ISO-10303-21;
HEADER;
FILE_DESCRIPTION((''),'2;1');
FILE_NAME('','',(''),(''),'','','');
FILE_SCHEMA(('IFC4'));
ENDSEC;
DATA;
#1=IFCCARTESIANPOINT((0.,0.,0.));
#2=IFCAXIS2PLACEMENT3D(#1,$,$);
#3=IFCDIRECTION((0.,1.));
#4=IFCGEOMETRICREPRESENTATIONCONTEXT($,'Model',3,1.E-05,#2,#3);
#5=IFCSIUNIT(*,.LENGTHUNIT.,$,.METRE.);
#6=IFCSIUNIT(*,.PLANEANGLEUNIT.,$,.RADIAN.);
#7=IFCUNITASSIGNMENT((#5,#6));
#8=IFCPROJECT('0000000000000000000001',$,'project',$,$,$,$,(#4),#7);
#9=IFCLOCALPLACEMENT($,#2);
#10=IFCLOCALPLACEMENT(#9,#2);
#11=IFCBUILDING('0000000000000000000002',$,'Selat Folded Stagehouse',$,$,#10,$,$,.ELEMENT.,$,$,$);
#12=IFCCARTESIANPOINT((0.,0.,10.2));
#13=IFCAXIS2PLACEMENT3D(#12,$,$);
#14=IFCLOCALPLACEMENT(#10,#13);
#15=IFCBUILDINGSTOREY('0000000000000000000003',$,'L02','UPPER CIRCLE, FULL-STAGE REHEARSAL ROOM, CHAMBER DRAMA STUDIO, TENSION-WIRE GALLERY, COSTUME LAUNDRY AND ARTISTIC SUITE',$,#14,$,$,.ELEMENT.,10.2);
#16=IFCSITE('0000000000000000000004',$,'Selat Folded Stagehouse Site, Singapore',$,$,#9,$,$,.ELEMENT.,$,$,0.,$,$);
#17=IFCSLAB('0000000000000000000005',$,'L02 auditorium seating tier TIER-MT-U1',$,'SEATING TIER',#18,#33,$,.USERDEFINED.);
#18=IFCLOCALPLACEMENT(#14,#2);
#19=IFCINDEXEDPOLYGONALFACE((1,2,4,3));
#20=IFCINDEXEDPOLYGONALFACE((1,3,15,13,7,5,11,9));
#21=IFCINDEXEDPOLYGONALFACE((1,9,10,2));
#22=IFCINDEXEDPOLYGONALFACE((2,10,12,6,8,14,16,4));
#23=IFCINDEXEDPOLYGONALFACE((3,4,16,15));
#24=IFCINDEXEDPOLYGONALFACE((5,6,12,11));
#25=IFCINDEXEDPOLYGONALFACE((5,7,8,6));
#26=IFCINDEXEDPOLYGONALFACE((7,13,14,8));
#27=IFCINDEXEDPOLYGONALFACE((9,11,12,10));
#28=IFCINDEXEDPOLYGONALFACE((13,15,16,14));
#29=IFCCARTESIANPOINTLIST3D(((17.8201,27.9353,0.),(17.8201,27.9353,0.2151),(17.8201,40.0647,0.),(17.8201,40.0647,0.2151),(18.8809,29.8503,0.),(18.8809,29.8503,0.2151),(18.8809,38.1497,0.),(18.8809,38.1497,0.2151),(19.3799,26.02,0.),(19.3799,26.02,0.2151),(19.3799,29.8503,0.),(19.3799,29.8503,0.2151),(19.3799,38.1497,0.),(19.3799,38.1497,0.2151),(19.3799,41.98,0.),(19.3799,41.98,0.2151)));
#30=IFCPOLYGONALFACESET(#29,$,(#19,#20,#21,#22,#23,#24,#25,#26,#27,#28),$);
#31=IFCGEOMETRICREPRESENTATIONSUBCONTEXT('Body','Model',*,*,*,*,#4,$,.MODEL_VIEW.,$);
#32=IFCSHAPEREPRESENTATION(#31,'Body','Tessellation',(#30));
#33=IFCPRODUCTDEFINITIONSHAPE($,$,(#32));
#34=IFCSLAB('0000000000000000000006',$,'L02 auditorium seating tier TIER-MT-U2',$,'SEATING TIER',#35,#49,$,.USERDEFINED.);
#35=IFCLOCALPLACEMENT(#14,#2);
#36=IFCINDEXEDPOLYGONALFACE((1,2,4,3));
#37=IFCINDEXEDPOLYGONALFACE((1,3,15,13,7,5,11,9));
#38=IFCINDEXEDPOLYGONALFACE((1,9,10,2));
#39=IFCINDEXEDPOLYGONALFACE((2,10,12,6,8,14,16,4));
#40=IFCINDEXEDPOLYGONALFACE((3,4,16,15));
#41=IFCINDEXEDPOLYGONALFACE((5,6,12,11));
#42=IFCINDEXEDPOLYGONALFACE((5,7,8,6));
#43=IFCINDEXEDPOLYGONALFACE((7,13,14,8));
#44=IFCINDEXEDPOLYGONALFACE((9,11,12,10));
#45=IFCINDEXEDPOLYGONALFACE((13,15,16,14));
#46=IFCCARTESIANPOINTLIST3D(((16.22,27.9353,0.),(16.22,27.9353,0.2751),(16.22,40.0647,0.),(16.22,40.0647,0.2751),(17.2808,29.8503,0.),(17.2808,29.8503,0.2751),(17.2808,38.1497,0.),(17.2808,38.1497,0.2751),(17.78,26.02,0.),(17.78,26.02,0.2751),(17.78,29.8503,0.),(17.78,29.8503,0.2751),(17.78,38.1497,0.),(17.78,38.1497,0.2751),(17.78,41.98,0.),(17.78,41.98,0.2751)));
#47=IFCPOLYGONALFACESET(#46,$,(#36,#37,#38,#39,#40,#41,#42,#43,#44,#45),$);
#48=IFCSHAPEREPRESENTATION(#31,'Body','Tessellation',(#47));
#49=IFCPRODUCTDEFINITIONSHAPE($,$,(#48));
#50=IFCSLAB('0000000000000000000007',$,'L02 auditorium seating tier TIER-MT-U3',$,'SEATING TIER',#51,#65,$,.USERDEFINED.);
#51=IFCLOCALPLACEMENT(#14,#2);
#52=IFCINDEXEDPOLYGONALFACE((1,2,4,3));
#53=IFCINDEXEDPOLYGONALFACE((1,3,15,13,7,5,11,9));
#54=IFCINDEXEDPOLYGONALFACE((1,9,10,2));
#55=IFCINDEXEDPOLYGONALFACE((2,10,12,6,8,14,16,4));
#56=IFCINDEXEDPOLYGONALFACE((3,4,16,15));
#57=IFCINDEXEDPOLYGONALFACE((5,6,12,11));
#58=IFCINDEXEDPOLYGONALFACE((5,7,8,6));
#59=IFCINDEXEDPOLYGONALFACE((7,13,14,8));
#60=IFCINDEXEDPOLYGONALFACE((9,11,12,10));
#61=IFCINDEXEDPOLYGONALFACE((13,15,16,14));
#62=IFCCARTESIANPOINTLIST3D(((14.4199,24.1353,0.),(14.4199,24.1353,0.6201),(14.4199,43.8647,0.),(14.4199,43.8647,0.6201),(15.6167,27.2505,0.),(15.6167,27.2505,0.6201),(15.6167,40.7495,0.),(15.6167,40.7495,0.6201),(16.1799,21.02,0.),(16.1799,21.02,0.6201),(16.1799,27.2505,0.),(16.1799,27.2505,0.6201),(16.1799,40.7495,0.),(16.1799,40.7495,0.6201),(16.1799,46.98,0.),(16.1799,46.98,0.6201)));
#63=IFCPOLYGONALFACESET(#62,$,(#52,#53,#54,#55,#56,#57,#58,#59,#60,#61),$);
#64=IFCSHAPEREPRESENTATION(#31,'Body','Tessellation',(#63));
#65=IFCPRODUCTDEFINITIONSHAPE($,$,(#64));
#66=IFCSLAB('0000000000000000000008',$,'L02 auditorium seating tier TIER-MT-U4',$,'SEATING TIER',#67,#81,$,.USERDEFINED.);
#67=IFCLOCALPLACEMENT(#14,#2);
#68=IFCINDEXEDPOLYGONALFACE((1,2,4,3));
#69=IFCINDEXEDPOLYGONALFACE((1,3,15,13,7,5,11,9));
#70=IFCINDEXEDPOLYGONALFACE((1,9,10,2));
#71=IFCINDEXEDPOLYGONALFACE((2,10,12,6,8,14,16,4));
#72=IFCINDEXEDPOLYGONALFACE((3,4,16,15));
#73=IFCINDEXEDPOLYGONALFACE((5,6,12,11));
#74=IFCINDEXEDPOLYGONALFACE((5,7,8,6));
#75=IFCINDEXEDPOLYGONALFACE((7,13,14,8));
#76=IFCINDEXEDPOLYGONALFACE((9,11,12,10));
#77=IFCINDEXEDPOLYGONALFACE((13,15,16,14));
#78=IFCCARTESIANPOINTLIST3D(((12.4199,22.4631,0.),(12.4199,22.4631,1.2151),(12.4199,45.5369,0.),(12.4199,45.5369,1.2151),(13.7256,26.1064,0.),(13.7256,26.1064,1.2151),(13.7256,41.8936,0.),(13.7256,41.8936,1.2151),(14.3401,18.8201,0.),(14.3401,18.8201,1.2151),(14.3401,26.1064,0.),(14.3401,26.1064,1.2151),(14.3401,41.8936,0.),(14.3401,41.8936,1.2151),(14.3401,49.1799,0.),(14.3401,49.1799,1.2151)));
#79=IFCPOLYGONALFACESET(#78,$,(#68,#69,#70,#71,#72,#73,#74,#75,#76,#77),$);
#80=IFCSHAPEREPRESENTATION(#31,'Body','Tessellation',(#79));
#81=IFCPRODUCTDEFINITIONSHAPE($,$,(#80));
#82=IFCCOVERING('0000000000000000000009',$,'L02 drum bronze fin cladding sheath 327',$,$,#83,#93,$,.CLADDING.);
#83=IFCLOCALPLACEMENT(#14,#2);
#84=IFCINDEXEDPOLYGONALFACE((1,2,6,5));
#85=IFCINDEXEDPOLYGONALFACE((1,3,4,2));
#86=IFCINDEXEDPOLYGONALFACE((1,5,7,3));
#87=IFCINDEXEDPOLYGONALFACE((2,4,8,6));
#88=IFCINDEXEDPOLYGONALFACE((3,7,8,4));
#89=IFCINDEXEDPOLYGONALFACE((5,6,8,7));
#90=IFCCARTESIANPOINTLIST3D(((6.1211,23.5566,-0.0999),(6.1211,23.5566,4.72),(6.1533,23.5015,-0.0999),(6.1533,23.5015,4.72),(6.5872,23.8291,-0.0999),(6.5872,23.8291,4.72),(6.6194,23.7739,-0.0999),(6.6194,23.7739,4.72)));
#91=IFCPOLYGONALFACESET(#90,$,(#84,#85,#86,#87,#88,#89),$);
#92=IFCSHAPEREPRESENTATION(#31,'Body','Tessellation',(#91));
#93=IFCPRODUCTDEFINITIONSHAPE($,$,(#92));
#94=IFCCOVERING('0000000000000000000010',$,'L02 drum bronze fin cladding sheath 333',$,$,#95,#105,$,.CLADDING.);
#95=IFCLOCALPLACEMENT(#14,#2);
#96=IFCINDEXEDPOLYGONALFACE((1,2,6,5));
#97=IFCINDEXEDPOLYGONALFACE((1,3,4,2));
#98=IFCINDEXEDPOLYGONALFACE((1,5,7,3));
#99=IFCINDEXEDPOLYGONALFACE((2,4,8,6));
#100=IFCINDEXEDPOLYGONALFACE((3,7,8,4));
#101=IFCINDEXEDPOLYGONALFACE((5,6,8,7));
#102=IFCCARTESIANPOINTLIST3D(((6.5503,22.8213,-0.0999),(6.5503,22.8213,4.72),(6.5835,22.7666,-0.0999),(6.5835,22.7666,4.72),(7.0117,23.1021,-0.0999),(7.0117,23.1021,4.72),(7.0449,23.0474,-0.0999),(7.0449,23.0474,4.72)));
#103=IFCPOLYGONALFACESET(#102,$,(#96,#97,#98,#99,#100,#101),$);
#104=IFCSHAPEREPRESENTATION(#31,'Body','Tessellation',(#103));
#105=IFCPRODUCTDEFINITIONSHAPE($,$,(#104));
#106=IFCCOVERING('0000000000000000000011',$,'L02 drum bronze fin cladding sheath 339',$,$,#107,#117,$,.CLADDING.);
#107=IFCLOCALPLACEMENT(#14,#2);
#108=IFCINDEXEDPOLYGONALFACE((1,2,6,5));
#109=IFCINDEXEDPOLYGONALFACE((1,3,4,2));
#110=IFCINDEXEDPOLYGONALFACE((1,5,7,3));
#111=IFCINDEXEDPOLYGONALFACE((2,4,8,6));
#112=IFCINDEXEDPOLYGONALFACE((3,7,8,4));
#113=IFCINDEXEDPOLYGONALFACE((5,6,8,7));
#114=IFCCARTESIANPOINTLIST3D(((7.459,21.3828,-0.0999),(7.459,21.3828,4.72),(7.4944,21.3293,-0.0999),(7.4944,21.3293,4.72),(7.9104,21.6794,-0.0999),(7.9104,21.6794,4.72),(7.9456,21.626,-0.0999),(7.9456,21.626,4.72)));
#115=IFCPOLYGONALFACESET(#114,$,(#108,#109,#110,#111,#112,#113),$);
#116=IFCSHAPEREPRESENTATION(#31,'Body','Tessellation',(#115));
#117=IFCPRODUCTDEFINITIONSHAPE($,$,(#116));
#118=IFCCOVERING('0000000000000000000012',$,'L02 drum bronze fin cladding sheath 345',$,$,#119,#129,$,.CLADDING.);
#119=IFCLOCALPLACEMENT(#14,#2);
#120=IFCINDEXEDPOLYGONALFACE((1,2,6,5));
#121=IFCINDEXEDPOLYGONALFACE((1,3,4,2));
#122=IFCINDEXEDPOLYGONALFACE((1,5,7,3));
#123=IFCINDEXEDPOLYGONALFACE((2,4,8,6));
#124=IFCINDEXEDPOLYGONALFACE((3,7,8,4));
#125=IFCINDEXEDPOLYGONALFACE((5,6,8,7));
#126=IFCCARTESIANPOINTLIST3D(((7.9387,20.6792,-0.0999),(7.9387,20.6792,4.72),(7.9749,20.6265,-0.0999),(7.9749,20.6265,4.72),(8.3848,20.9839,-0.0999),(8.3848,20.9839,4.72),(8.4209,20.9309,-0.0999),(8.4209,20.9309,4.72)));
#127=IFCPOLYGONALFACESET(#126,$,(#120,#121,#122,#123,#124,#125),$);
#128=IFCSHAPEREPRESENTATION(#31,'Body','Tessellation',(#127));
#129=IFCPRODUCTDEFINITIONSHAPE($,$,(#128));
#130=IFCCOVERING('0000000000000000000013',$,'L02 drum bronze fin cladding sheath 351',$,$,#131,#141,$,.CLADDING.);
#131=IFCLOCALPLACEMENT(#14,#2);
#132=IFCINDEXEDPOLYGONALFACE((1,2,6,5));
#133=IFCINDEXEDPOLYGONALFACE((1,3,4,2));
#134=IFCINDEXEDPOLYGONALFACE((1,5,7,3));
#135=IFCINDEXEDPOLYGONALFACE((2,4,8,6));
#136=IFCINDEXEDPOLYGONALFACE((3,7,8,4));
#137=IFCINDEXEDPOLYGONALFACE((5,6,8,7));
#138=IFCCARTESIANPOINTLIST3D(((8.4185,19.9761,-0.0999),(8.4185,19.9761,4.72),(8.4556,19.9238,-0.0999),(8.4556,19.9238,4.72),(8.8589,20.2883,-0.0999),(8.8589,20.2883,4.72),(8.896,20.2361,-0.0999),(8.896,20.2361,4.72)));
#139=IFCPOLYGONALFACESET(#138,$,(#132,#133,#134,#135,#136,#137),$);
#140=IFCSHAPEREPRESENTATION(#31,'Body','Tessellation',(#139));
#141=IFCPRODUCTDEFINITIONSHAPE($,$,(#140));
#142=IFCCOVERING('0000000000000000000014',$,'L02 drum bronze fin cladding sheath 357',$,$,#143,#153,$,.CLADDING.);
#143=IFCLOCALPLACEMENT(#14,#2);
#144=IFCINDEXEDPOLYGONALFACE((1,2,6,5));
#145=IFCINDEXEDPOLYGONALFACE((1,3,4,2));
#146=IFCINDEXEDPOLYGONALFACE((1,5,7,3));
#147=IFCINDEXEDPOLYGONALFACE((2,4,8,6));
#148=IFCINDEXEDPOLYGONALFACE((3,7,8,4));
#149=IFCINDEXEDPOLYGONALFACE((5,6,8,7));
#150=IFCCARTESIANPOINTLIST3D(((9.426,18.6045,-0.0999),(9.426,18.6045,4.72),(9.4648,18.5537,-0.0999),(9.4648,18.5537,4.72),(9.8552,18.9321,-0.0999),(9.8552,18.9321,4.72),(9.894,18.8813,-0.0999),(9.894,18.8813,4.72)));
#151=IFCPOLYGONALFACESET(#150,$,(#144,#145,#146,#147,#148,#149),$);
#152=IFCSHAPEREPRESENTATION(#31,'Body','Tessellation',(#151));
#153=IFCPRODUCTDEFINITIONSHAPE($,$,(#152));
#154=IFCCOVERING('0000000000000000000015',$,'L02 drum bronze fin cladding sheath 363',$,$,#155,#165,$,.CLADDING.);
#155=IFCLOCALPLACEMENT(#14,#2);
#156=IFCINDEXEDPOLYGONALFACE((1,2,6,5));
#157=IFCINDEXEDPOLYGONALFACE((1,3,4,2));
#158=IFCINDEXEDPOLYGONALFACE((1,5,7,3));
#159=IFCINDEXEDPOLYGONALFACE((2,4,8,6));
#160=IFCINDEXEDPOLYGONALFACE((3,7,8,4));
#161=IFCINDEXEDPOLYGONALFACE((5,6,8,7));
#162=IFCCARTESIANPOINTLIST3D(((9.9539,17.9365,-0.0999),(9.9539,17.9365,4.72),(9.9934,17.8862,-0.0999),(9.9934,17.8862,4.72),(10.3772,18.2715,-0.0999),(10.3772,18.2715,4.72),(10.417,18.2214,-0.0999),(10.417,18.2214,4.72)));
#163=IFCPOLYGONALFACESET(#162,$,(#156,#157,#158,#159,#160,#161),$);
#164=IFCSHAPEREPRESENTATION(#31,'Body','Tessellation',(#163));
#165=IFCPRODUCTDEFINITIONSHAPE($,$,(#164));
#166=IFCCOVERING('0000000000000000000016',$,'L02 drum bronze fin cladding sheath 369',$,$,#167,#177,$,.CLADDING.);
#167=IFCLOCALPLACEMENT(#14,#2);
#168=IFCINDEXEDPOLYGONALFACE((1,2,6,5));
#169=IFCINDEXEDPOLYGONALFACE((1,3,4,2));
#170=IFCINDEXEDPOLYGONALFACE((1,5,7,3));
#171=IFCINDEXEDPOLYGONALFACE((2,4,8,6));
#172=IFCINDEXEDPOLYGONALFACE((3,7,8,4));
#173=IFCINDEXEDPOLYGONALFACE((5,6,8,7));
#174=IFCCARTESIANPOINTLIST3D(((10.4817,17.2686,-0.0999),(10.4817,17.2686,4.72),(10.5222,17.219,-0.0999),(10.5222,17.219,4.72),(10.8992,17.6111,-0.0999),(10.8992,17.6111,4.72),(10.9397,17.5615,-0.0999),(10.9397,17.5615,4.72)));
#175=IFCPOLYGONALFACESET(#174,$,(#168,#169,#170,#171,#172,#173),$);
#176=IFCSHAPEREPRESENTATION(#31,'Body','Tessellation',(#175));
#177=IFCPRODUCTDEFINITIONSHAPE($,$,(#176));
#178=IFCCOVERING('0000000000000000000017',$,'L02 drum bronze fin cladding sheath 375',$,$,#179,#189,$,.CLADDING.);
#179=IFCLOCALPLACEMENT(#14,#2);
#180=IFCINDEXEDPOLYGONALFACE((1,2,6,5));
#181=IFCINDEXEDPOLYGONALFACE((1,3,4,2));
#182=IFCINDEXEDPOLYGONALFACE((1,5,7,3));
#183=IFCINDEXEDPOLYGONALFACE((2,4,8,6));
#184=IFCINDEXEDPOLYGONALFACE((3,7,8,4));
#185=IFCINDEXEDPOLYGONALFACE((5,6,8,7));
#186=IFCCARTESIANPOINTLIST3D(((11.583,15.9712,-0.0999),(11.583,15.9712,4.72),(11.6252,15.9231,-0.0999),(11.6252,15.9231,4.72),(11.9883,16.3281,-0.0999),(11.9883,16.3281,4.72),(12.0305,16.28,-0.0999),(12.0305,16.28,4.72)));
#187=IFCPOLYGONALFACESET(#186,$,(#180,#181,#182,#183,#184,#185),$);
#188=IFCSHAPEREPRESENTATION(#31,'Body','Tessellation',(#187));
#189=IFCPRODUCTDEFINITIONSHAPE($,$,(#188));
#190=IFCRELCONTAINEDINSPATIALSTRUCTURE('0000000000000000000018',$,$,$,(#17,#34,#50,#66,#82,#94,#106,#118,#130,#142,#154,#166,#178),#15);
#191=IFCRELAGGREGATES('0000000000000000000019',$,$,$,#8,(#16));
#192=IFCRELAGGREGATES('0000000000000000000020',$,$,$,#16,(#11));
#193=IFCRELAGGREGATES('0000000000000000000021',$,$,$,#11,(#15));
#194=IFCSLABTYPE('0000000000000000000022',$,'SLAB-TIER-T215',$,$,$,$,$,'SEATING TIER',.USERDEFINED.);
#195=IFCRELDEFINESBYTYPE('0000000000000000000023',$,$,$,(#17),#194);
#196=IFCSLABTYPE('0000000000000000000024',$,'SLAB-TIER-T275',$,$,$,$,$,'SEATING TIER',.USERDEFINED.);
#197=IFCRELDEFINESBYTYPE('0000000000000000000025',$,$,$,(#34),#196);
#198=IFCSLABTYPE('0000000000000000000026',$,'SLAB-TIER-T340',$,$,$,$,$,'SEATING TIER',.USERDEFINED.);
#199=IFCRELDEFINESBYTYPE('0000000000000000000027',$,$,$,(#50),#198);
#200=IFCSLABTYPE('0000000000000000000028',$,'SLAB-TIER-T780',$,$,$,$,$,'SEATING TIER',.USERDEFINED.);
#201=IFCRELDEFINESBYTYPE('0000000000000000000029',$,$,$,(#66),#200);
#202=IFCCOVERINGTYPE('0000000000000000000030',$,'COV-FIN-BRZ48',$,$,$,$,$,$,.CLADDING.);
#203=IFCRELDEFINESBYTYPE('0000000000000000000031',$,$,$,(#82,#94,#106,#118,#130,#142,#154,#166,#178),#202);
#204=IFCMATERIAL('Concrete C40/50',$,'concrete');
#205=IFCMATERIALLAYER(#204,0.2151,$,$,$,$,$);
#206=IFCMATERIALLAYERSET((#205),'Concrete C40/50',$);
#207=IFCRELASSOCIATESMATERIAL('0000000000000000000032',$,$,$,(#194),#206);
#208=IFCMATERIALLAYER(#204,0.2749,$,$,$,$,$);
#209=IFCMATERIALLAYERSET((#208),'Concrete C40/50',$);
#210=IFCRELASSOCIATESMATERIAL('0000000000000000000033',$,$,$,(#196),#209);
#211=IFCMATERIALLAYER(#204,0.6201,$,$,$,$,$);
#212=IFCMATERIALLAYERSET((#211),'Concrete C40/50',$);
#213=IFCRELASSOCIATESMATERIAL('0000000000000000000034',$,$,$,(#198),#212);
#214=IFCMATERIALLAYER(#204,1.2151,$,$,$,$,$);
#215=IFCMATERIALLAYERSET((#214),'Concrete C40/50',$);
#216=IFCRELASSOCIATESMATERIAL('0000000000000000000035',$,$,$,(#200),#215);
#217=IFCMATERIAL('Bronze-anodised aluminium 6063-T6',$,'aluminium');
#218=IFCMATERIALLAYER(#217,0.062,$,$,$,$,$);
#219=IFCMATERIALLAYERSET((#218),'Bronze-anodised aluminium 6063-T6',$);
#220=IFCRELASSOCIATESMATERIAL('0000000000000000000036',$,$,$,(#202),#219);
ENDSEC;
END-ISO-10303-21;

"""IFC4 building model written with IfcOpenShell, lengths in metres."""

from ifc_helpers import new_model, si_unit, direction, frame, origin, place, context, subcontext, project, spatial, polyline, outline, extrude, material, layer, layer_set, type_object, element, save


model = new_model("IFC4")

# Units and contexts
model_context = context("Model", 3, precision=1e-05, world=origin(), true_north=direction((0.0, 1.0)))
body_context = subcontext(model_context, "Body", "Model", "MODEL_VIEW")
ifc_project = project(units=[si_unit("LENGTHUNIT", "METRE"), si_unit("PLANEANGLEUNIT", "RADIAN")], contexts=[model_context])

# Site, building, storey
site_placement = place(None, origin())
site = spatial("IfcSite", under=ifc_project, at=site_placement, Name="Selat Folded Stagehouse Site, Singapore", CompositionType="ELEMENT", RefElevation=0.0)
building_placement = place(site_placement, origin())
building = spatial("IfcBuilding", under=site, at=building_placement, Name="Selat Folded Stagehouse", CompositionType="ELEMENT")
storey_placement = place(building_placement, frame((0.0, 0.0, 10.2)))
storey = spatial("IfcBuildingStorey", under=building, at=storey_placement, Name="L02", Description="UPPER CIRCLE, FULL-STAGE REHEARSAL ROOM, CHAMBER DRAMA STUDIO, TENSION-WIRE GALLERY, COSTUME LAUNDRY AND ARTISTIC SUITE", CompositionType="ELEMENT", Elevation=10.2)

# Slabs
ifc_material_1 = material(Name="Concrete C40/50", Category="concrete")
ifc_layer_1 = layer(ifc_material_1, 0.2151)
ifc_layer_set_1 = layer_set([ifc_layer_1], Name="Concrete C40/50")
slab_type_1 = type_object("IfcSlabType", Name="SLAB-TIER-T215", ElementType="SEATING TIER", PredefinedType="USERDEFINED", material=ifc_layer_set_1)
slab_1_placement = place(storey_placement, origin())
element("IfcSlab", 1, at=slab_1_placement, inside=storey, type_object=slab_type_1, Name="L02 auditorium seating tier TIER-MT-U1", ObjectType="SEATING TIER", PredefinedType="USERDEFINED", context=body_context, shape_type="SweptSolid", body=[
    extrude(outline(polyline([(17.8201, 27.9353), (19.3799, 26.02), (19.3799, 29.8503), (18.8809, 29.8503), (18.8809, 38.1497), (19.3799, 38.1497), (19.3799, 41.98), (17.8201, 40.0647), (17.8201, 27.9353)])), origin(), (0.0, 0.0, 1.0), 0.2151),
])
ifc_layer_2 = layer(ifc_material_1, 0.2749)
ifc_layer_set_2 = layer_set([ifc_layer_2], Name="Concrete C40/50")
slab_type_2 = type_object("IfcSlabType", Name="SLAB-TIER-T275", ElementType="SEATING TIER", PredefinedType="USERDEFINED", material=ifc_layer_set_2)
slab_2_placement = place(storey_placement, origin())
element("IfcSlab", 2, at=slab_2_placement, inside=storey, type_object=slab_type_2, Name="L02 auditorium seating tier TIER-MT-U2", ObjectType="SEATING TIER", PredefinedType="USERDEFINED", context=body_context, shape_type="SweptSolid", body=[
    extrude(outline(polyline([(16.22, 27.9353), (17.78, 26.02), (17.78, 29.8503), (17.2808, 29.8503), (17.2808, 38.1497), (17.78, 38.1497), (17.78, 41.98), (16.22, 40.0647), (16.22, 27.9353)])), origin(), (0.0, 0.0, 1.0), 0.2751),
])
ifc_layer_3 = layer(ifc_material_1, 0.6201)
ifc_layer_set_3 = layer_set([ifc_layer_3], Name="Concrete C40/50")
slab_type_3 = type_object("IfcSlabType", Name="SLAB-TIER-T340", ElementType="SEATING TIER", PredefinedType="USERDEFINED", material=ifc_layer_set_3)
slab_3_placement = place(storey_placement, origin())
element("IfcSlab", 3, at=slab_3_placement, inside=storey, type_object=slab_type_3, Name="L02 auditorium seating tier TIER-MT-U3", ObjectType="SEATING TIER", PredefinedType="USERDEFINED", context=body_context, shape_type="SweptSolid", body=[
    extrude(outline(polyline([(14.4199, 24.1353), (16.1799, 21.02), (16.1799, 27.2505), (15.6167, 27.2505), (15.6167, 40.7495), (16.1799, 40.7495), (16.1799, 46.98), (14.4199, 43.8647), (14.4199, 24.1353)])), origin(), (0.0, 0.0, 1.0), 0.6201),
])
ifc_layer_4 = layer(ifc_material_1, 1.2151)
ifc_layer_set_4 = layer_set([ifc_layer_4], Name="Concrete C40/50")
slab_type_4 = type_object("IfcSlabType", Name="SLAB-TIER-T780", ElementType="SEATING TIER", PredefinedType="USERDEFINED", material=ifc_layer_set_4)
slab_4_placement = place(storey_placement, origin())
element("IfcSlab", 4, at=slab_4_placement, inside=storey, type_object=slab_type_4, Name="L02 auditorium seating tier TIER-MT-U4", ObjectType="SEATING TIER", PredefinedType="USERDEFINED", context=body_context, shape_type="SweptSolid", body=[
    extrude(outline(polyline([(12.4199, 22.4631), (14.3401, 18.8201), (14.3401, 26.1064), (13.7256, 26.1064), (13.7256, 41.8936), (14.3401, 41.8936), (14.3401, 49.1799), (12.4199, 45.5369), (12.4199, 22.4631)])), origin(), (0.0, 0.0, 1.0), 1.2151),
])

# Coverings
ifc_material_2 = material(Name="Bronze-anodised aluminium 6063-T6", Category="aluminium")
ifc_layer_5 = layer(ifc_material_2, 0.062)
ifc_layer_set_5 = layer_set([ifc_layer_5], Name="Bronze-anodised aluminium 6063-T6")
covering_type = type_object("IfcCoveringType", Name="COV-FIN-BRZ48", PredefinedType="CLADDING", material=ifc_layer_set_5)
covering_1_placement = place(storey_placement, frame((0.0, 0.0, -0.0999)))
element("IfcCovering", 5, at=covering_1_placement, inside=storey, type_object=covering_type, Name="L02 drum bronze fin cladding sheath 327", PredefinedType="CLADDING", context=body_context, shape_type="SweptSolid", body=[
    extrude(outline(polyline([(6.5872, 23.8291), (6.1211, 23.5566), (6.1533, 23.5015), (6.6194, 23.7739), (6.5872, 23.8291)])), origin(), (0.0, 0.0, 1.0), 4.8198),
])
covering_2_placement = place(storey_placement, frame((0.0, 0.0, -0.0999)))
element("IfcCovering", 6, at=covering_2_placement, inside=storey, type_object=covering_type, Name="L02 drum bronze fin cladding sheath 333", PredefinedType="CLADDING", context=body_context, shape_type="SweptSolid", body=[
    extrude(outline(polyline([(7.0117, 23.1021), (6.5503, 22.8213), (6.5835, 22.7666), (7.0449, 23.0474), (7.0117, 23.1021)])), origin(), (0.0, 0.0, 1.0), 4.8198),
])
covering_3_placement = place(storey_placement, frame((0.0, 0.0, -0.0999)))
element("IfcCovering", 7, at=covering_3_placement, inside=storey, type_object=covering_type, Name="L02 drum bronze fin cladding sheath 339", PredefinedType="CLADDING", context=body_context, shape_type="SweptSolid", body=[
    extrude(outline(polyline([(7.9104, 21.6794), (7.459, 21.3828), (7.4944, 21.3293), (7.9456, 21.626), (7.9104, 21.6794)])), origin(), (0.0, 0.0, 1.0), 4.8198),
])
covering_4_placement = place(storey_placement, frame((0.0, 0.0, -0.0999)))
element("IfcCovering", 8, at=covering_4_placement, inside=storey, type_object=covering_type, Name="L02 drum bronze fin cladding sheath 345", PredefinedType="CLADDING", context=body_context, shape_type="SweptSolid", body=[
    extrude(outline(polyline([(8.3848, 20.9839), (7.9387, 20.6792), (7.9749, 20.6265), (8.4209, 20.9309), (8.3848, 20.9839)])), origin(), (0.0, 0.0, 1.0), 4.8198),
])
covering_5_placement = place(storey_placement, frame((0.0, 0.0, -0.0999)))
element("IfcCovering", 9, at=covering_5_placement, inside=storey, type_object=covering_type, Name="L02 drum bronze fin cladding sheath 351", PredefinedType="CLADDING", context=body_context, shape_type="SweptSolid", body=[
    extrude(outline(polyline([(8.8589, 20.2883), (8.4185, 19.9761), (8.4556, 19.9238), (8.896, 20.2361), (8.8589, 20.2883)])), origin(), (0.0, 0.0, 1.0), 4.8198),
])
covering_6_placement = place(storey_placement, frame((0.0, 0.0, -0.0999)))
element("IfcCovering", 10, at=covering_6_placement, inside=storey, type_object=covering_type, Name="L02 drum bronze fin cladding sheath 357", PredefinedType="CLADDING", context=body_context, shape_type="SweptSolid", body=[
    extrude(outline(polyline([(9.8552, 18.9321), (9.426, 18.6045), (9.4648, 18.5537), (9.894, 18.8813), (9.8552, 18.9321)])), origin(), (0.0, 0.0, 1.0), 4.8198),
])
covering_7_placement = place(storey_placement, frame((0.0, 0.0, -0.0999)))
element("IfcCovering", 11, at=covering_7_placement, inside=storey, type_object=covering_type, Name="L02 drum bronze fin cladding sheath 363", PredefinedType="CLADDING", context=body_context, shape_type="SweptSolid", body=[
    extrude(outline(polyline([(10.3772, 18.2715), (9.9539, 17.9365), (9.9934, 17.8862), (10.417, 18.2214), (10.3772, 18.2715)])), origin(), (0.0, 0.0, 1.0), 4.8198),
])
covering_8_placement = place(storey_placement, frame((0.0, 0.0, -0.0999)))
element("IfcCovering", 12, at=covering_8_placement, inside=storey, type_object=covering_type, Name="L02 drum bronze fin cladding sheath 369", PredefinedType="CLADDING", context=body_context, shape_type="SweptSolid", body=[
    extrude(outline(polyline([(10.8992, 17.6111), (10.4817, 17.2686), (10.5222, 17.219), (10.9397, 17.5615), (10.8992, 17.6111)])), origin(), (0.0, 0.0, 1.0), 4.8198),
])
covering_9_placement = place(storey_placement, frame((0.0, 0.0, -0.0999)))
element("IfcCovering", 13, at=covering_9_placement, inside=storey, type_object=covering_type, Name="L02 drum bronze fin cladding sheath 375", PredefinedType="CLADDING", context=body_context, shape_type="SweptSolid", body=[
    extrude(outline(polyline([(11.9883, 16.3281), (11.583, 15.9712), (11.6252, 15.9231), (12.0305, 16.28), (11.9883, 16.3281)])), origin(), (0.0, 0.0, 1.0), 4.8198),
])

save(model, "model.ifc")
